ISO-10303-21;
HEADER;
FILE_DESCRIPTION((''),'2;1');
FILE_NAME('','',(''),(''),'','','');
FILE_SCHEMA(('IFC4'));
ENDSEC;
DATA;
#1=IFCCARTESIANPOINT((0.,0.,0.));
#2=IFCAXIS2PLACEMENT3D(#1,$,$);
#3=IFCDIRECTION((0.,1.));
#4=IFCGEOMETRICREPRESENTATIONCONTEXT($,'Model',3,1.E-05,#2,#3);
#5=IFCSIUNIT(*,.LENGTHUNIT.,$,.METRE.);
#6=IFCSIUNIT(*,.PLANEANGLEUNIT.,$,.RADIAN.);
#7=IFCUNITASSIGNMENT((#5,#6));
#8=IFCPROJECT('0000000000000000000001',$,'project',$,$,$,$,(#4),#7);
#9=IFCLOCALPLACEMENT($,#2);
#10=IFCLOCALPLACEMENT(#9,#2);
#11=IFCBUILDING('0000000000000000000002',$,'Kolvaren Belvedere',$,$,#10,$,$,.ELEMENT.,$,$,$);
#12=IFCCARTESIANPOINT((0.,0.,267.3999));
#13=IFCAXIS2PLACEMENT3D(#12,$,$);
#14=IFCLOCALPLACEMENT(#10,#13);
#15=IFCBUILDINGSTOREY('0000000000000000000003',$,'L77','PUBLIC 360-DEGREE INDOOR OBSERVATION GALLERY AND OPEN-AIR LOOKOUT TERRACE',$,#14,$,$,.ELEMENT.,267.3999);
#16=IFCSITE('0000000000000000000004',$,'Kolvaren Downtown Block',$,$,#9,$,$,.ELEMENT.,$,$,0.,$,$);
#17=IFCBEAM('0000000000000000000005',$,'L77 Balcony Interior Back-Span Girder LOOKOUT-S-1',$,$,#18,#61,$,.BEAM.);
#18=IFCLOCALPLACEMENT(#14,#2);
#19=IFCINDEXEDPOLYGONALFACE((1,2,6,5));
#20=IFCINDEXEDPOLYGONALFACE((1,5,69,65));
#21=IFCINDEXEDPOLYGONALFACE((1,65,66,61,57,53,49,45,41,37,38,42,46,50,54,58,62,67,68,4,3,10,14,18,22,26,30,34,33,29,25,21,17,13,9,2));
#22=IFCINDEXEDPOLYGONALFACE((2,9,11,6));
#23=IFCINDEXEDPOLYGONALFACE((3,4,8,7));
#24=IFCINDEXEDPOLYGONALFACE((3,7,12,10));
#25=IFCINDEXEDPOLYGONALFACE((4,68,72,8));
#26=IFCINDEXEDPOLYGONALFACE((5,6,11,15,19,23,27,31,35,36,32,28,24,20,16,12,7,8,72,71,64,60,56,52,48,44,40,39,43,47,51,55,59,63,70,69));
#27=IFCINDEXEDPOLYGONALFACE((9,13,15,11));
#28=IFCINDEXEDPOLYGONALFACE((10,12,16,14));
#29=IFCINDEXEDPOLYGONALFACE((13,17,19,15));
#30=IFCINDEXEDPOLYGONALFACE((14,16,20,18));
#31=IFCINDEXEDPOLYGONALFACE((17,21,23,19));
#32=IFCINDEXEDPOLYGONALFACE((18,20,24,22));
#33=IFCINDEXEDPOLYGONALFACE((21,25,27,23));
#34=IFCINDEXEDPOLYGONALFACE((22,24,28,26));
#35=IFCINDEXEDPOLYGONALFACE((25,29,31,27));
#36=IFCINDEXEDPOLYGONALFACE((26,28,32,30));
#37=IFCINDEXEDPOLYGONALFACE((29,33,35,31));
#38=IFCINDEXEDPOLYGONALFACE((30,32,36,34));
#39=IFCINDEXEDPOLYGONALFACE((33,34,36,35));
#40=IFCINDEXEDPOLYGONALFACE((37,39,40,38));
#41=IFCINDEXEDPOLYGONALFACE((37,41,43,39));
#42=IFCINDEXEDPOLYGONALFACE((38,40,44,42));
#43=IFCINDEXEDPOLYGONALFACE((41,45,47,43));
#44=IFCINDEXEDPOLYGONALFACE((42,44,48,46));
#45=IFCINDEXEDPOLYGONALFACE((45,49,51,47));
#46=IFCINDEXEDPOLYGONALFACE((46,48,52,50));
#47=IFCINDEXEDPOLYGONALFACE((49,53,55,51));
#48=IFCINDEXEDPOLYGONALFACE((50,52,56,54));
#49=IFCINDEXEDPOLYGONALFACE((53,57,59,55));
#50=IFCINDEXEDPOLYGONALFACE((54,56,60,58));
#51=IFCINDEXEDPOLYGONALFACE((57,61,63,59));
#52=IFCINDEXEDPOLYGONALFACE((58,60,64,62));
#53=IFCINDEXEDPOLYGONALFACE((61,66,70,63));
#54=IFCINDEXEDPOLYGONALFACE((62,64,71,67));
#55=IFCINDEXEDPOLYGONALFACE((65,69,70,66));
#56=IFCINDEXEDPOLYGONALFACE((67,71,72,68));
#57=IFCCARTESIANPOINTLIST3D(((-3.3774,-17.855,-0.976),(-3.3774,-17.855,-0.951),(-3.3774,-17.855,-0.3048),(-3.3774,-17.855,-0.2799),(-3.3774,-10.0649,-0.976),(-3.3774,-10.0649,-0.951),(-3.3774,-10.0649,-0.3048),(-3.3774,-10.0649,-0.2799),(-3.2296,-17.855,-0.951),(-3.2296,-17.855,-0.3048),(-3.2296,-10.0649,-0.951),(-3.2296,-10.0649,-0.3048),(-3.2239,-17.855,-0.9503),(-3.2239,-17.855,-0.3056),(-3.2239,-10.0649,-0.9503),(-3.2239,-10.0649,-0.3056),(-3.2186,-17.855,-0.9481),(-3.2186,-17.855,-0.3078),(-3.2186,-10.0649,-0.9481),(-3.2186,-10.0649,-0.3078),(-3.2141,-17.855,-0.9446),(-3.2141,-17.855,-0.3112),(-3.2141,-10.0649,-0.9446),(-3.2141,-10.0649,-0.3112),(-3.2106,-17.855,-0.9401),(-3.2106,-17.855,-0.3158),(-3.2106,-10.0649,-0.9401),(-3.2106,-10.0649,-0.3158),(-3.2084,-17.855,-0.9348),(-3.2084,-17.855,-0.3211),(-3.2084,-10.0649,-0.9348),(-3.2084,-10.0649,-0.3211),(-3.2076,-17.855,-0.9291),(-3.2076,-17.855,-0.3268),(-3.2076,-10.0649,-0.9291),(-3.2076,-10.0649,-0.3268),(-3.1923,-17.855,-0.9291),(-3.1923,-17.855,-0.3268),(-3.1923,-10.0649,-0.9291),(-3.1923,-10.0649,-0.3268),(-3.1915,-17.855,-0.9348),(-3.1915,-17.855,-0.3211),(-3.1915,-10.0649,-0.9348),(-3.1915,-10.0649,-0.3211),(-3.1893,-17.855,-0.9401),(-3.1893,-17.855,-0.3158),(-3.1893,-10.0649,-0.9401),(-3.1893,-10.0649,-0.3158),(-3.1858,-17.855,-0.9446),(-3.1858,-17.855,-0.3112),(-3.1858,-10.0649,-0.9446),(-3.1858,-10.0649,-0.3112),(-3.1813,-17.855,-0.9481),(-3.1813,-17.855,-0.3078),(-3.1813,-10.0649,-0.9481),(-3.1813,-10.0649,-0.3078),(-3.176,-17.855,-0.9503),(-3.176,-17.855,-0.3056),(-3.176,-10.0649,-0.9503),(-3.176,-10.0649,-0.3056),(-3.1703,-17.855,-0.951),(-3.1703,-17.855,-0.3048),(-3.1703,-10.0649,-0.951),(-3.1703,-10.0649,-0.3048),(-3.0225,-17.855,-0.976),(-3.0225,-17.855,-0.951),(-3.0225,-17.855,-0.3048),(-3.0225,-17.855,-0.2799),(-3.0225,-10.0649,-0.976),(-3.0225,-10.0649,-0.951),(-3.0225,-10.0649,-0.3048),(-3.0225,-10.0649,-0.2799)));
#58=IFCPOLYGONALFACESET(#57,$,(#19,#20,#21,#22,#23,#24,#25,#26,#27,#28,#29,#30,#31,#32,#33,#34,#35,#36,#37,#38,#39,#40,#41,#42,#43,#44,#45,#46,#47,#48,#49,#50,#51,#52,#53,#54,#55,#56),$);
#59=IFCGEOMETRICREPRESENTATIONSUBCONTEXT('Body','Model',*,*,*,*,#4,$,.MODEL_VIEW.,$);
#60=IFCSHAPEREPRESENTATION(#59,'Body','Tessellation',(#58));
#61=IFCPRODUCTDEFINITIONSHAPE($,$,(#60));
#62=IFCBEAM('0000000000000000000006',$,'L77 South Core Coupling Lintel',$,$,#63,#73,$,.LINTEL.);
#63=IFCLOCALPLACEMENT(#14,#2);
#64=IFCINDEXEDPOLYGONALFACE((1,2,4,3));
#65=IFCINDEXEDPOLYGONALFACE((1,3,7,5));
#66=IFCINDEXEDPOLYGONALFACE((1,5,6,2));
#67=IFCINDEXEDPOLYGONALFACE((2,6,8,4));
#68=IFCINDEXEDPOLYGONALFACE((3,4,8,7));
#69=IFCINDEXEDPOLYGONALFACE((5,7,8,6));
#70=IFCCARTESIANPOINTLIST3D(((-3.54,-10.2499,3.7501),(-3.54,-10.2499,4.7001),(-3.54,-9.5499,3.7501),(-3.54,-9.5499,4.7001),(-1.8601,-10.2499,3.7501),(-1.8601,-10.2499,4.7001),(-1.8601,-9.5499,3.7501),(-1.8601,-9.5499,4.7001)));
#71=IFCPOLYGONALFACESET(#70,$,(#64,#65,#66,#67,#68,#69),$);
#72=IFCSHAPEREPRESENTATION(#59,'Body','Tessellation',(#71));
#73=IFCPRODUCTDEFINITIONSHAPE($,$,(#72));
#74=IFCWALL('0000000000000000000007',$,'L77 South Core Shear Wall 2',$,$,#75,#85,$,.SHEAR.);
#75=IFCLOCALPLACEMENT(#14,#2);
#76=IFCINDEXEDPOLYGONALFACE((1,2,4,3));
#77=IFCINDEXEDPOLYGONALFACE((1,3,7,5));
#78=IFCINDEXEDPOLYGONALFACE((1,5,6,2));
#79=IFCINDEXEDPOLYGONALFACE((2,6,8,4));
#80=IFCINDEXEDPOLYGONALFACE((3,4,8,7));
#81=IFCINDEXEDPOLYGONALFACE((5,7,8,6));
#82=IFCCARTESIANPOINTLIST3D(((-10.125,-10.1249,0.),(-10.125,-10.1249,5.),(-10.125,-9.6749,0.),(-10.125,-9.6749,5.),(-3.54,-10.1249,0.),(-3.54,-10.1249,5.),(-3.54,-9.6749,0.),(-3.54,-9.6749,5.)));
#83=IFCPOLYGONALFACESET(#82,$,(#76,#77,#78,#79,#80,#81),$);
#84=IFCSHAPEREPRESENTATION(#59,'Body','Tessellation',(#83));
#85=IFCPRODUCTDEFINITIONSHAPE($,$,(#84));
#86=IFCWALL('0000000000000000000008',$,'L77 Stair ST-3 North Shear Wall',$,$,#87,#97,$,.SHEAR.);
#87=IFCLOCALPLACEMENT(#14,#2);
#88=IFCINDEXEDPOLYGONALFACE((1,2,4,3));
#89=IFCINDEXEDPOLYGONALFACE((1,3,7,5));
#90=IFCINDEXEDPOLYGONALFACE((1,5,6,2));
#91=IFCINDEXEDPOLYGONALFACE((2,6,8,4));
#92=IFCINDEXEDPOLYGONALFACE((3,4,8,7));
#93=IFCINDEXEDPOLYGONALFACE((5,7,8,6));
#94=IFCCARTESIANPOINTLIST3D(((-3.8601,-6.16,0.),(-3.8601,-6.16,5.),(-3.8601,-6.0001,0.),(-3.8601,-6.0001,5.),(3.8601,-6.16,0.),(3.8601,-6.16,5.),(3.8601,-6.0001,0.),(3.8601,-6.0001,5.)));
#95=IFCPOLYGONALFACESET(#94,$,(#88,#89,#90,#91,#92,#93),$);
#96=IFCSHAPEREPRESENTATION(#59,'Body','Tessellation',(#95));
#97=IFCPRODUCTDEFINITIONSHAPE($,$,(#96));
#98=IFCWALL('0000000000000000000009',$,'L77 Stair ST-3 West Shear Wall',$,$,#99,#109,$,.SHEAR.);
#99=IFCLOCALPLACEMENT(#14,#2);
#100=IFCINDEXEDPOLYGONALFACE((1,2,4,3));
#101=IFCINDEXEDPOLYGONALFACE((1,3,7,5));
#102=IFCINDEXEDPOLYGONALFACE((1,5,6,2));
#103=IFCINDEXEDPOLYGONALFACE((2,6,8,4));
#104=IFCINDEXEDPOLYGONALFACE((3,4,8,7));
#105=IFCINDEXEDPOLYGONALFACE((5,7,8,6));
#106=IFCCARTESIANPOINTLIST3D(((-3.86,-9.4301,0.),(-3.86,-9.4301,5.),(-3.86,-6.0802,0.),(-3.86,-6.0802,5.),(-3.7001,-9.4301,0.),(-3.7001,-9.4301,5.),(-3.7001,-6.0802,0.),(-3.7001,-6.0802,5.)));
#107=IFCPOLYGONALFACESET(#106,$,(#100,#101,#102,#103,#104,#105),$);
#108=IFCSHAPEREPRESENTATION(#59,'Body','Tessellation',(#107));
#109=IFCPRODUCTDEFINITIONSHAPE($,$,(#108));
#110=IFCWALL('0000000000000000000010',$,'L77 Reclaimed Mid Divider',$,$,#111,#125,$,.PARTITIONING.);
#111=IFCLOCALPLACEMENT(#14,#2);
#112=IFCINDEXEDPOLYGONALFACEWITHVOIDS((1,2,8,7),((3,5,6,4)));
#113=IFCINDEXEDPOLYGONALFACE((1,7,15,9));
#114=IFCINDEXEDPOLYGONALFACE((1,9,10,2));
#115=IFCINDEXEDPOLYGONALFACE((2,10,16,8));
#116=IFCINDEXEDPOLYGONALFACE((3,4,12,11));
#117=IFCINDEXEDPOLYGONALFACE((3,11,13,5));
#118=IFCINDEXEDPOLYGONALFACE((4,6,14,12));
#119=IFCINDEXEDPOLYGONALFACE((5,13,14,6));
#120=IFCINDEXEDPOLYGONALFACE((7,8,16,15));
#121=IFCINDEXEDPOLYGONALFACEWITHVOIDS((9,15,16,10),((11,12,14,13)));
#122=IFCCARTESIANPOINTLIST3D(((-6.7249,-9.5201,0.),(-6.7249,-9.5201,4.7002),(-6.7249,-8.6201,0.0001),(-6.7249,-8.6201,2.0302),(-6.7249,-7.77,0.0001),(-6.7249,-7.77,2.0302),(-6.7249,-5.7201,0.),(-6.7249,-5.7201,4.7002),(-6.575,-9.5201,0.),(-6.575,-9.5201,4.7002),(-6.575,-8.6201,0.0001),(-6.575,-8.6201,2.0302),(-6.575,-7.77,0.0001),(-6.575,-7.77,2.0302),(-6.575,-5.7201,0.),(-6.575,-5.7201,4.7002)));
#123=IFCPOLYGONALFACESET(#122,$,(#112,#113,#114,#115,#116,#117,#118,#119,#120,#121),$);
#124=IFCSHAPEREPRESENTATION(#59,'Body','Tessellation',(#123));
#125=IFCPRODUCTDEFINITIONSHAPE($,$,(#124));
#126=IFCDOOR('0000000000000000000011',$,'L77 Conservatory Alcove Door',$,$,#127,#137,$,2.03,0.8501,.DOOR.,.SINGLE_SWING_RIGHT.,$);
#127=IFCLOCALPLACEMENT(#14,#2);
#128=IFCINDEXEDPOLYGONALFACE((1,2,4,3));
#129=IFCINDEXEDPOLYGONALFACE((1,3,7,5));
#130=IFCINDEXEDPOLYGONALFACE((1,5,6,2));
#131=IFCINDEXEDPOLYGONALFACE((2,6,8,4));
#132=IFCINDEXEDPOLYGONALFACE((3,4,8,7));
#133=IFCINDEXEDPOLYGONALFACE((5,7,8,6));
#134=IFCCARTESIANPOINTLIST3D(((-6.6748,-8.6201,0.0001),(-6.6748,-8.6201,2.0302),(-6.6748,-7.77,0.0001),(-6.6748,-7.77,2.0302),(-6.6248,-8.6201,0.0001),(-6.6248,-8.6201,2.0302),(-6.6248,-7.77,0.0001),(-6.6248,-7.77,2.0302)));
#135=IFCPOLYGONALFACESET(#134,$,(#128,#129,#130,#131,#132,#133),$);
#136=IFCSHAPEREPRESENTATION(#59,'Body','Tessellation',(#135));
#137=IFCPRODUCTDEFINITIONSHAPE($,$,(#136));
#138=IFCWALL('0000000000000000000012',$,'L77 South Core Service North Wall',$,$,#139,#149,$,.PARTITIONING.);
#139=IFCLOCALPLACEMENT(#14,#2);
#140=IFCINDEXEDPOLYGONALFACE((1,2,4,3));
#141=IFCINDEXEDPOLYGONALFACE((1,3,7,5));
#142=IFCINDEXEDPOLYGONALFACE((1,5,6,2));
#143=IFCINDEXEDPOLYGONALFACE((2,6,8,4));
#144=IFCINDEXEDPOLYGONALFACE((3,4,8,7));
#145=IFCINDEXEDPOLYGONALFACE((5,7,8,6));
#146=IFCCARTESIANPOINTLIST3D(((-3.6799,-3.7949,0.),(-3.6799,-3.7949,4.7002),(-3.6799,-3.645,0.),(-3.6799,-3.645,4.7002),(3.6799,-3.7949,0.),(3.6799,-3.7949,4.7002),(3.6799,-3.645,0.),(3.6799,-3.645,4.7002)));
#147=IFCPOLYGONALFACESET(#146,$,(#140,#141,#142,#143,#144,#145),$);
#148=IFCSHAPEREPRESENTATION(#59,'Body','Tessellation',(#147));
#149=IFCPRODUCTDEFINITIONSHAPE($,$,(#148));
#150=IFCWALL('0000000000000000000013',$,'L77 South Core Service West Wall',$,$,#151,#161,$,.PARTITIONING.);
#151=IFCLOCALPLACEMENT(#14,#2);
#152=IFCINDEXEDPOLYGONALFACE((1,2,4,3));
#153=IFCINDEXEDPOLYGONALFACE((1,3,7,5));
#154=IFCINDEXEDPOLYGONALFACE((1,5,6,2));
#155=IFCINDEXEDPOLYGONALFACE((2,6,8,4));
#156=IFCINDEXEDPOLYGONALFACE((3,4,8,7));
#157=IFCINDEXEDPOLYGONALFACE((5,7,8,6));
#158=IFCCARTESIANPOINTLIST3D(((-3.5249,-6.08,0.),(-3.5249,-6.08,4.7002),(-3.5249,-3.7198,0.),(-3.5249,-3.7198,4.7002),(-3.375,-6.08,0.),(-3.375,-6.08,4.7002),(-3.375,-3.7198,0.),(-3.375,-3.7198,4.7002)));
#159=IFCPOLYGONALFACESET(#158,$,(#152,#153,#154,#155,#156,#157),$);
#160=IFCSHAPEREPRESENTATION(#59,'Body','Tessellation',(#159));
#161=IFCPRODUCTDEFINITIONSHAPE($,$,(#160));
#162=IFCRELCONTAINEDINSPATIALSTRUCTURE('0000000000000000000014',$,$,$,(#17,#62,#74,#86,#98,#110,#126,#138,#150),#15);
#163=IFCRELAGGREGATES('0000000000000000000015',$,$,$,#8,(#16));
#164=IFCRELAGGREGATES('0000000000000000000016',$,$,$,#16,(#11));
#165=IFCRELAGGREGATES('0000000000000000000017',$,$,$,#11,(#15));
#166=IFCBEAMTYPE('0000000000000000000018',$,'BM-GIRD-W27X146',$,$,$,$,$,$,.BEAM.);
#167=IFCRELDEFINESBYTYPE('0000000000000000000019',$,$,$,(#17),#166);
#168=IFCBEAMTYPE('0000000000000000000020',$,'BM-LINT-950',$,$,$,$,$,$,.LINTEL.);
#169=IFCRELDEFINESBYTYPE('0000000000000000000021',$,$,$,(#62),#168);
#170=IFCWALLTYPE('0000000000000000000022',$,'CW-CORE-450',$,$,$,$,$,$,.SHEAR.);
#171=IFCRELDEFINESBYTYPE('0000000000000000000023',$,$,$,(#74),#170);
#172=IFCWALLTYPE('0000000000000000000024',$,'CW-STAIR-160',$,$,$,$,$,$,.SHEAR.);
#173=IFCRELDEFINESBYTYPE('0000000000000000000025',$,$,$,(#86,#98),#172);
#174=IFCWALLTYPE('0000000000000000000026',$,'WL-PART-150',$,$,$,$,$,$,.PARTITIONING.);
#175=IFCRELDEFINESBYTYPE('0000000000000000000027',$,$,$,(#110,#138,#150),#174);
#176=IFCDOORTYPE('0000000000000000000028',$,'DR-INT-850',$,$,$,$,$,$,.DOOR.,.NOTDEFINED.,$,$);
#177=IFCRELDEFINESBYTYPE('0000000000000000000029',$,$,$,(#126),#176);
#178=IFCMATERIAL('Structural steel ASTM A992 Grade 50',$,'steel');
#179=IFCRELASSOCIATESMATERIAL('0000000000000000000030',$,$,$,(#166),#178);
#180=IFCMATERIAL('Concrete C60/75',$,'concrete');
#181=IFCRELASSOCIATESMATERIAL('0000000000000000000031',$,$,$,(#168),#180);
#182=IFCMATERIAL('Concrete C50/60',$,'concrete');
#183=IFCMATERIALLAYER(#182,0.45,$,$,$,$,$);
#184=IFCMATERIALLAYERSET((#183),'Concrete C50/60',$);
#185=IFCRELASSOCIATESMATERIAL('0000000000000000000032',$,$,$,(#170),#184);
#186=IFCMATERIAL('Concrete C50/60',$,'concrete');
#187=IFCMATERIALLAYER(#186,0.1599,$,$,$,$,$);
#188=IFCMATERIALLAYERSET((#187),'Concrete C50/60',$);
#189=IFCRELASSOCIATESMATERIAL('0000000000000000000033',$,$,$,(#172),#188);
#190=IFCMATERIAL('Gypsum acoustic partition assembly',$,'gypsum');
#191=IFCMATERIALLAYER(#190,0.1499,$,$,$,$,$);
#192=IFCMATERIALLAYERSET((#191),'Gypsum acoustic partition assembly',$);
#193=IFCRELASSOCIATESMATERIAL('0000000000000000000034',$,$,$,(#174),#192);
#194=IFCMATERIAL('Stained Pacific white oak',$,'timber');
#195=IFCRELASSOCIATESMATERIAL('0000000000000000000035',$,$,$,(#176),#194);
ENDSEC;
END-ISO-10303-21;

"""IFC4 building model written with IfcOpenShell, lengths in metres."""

from ifc_helpers import new_model, si_unit, direction, frame, frame_2d, origin, origin_2d, place, context, subcontext, project, spatial, rectangle, i_section, extrude, material, layer, layer_set, material_profile, profile_set, type_object, element, fill, save


model = new_model("IFC4")

# Units and contexts
model_context = context("Model", 3, precision=1e-05, world=origin(), true_north=direction((0.0, 1.0)))
body_context = subcontext(model_context, "Body", "Model", "MODEL_VIEW")
ifc_project = project(units=[si_unit("LENGTHUNIT", "METRE"), si_unit("PLANEANGLEUNIT", "RADIAN")], contexts=[model_context])

# Site, building, storey
site_placement = place(None, origin())
site = spatial("IfcSite", under=ifc_project, at=site_placement, Name="Kolvaren Downtown Block", CompositionType="ELEMENT", RefElevation=0.0)
building_placement = place(site_placement, origin())
building = spatial("IfcBuilding", under=site, at=building_placement, Name="Kolvaren Belvedere", CompositionType="ELEMENT")
storey_placement = place(building_placement, frame((0.0, 0.0, 267.3999)))
storey = spatial("IfcBuildingStorey", under=building, at=storey_placement, Name="L77", Description="PUBLIC 360-DEGREE INDOOR OBSERVATION GALLERY AND OPEN-AIR LOOKOUT TERRACE", CompositionType="ELEMENT", Elevation=267.3999)

# Beams
ifc_material_1 = material(Name="Structural steel ASTM A992 Grade 50", Category="steel")
ifc_material_profile_1 = material_profile(ifc_material_1, i_section(OverallWidth=0.355, OverallDepth=0.696, WebThickness=0.0154, FlangeThickness=0.0249, FilletRadius=0.022, at=origin_2d()), Name="W27X146")
ifc_profile_set_1 = profile_set([ifc_material_profile_1], Name="Structural steel ASTM A992 Grade 50")
beam_type_1 = type_object("IfcBeamType", Name="BM-GIRD-W27X146", PredefinedType="BEAM", material=ifc_profile_set_1)
beam_1_placement = place(storey_placement, frame((-3.2, -10.0649, -0.6279), z_axis=(0.0, -1.0, 0.0), x_axis=(1.0, 0.0, 0.0)))
element("IfcBeam", 1, at=beam_1_placement, inside=storey, type_object=beam_type_1, Name="L77 Balcony Interior Back-Span Girder LOOKOUT-S-1", PredefinedType="BEAM", context=body_context, shape_type="SweptSolid", body=[
    extrude(i_section(OverallWidth=0.355, OverallDepth=0.696, WebThickness=0.0154, FlangeThickness=0.0249, FilletRadius=0.022, at=origin_2d()), origin(), (0.0, 0.0, 1.0), 7.79),
])
ifc_material_2 = material(Name="Concrete C60/75", Category="concrete")
ifc_material_profile_2 = material_profile(ifc_material_2, rectangle(XDim=0.7, YDim=0.95, at=origin_2d()), Name="RC 700X950")
ifc_profile_set_2 = profile_set([ifc_material_profile_2], Name="Concrete C60/75")
beam_type_2 = type_object("IfcBeamType", Name="BM-LINT-950", PredefinedType="LINTEL", material=ifc_profile_set_2)
beam_2_placement = place(storey_placement, frame((-3.54, -9.8999, 4.2251), z_axis=(1.0, 0.0, 0.0), x_axis=(0.0, 1.0, 0.0)))
element("IfcBeam", 2, at=beam_2_placement, inside=storey, type_object=beam_type_2, Name="L77 South Core Coupling Lintel", PredefinedType="LINTEL", context=body_context, shape_type="SweptSolid", body=[
    extrude(rectangle(XDim=0.7, YDim=0.95, at=origin_2d()), origin(), (0.0, 0.0, 1.0), 1.6799),
])

# Walls
ifc_material_3 = material(Name="Concrete C50/60", Category="concrete")
ifc_layer_1 = layer(ifc_material_3, 0.45)
ifc_layer_set_1 = layer_set([ifc_layer_1], Name="Concrete C50/60")
wall_type_1 = type_object("IfcWallType", Name="CW-CORE-450", PredefinedType="SHEAR", material=ifc_layer_set_1)
wall_1_placement = place(storey_placement, frame((-3.54, -9.8999, 0.0), z_axis=(0.0, 0.0, 1.0), x_axis=(-1.0, 0.0, 0.0)))
element("IfcWall", 3, at=wall_1_placement, inside=storey, type_object=wall_type_1, Name="L77 South Core Shear Wall 2", PredefinedType="SHEAR", context=body_context, shape_type="SweptSolid", body=[
    extrude(rectangle(XDim=6.585, YDim=0.45, at=frame_2d((3.2925, 0.0))), origin(), (0.0, 0.0, 1.0), 5.0),
])
ifc_material_4 = material(Name="Concrete C50/60", Category="concrete")
ifc_layer_2 = layer(ifc_material_4, 0.1599)
ifc_layer_set_2 = layer_set([ifc_layer_2], Name="Concrete C50/60")
wall_type_2 = type_object("IfcWallType", Name="CW-STAIR-160", PredefinedType="SHEAR", material=ifc_layer_set_2)
wall_2_placement = place(storey_placement, frame((-3.8601, -6.0801, 0.0), z_axis=(0.0, 0.0, 1.0), x_axis=(1.0, 0.0, 0.0)))
element("IfcWall", 4, at=wall_2_placement, inside=storey, type_object=wall_type_2, Name="L77 Stair ST-3 North Shear Wall", PredefinedType="SHEAR", context=body_context, shape_type="SweptSolid", body=[
    extrude(rectangle(XDim=7.7202, YDim=0.1599, at=frame_2d((3.8601, 0.0))), origin(), (0.0, 0.0, 1.0), 5.0),
])
wall_3_placement = place(storey_placement, frame((-3.78, -9.4299, 0.0), z_axis=(0.0, 0.0, 1.0), x_axis=(0.0, 1.0, 0.0)))
element("IfcWall", 5, at=wall_3_placement, inside=storey, type_object=wall_type_2, Name="L77 Stair ST-3 West Shear Wall", PredefinedType="SHEAR", context=body_context, shape_type="SweptSolid", body=[
    extrude(rectangle(XDim=3.3499, YDim=0.1599, at=frame_2d((1.6748, 0.0))), origin(), (0.0, 0.0, 1.0), 5.0),
])

# Wall, opening, door
ifc_material_5 = material(Name="Gypsum acoustic partition assembly", Category="gypsum")
ifc_layer_3 = layer(ifc_material_5, 0.1499)
ifc_layer_set_3 = layer_set([ifc_layer_3], Name="Gypsum acoustic partition assembly")
wall_type_3 = type_object("IfcWallType", Name="WL-PART-150", PredefinedType="PARTITIONING", material=ifc_layer_set_3)
wall_4_placement = place(storey_placement, frame((-6.6499, -9.52, 0.0), z_axis=(0.0, 0.0, 1.0), x_axis=(0.0, 1.0, 0.0)))
wall_4 = element("IfcWall", 6, at=wall_4_placement, inside=storey, type_object=wall_type_3, Name="L77 Reclaimed Mid Divider", PredefinedType="PARTITIONING", context=body_context, shape_type="SweptSolid", body=[
    extrude(rectangle(XDim=3.8, YDim=0.1499, at=frame_2d((1.8999, 0.0))), origin(), (0.0, 0.0, 1.0), 4.7002),
])
opening_1_placement = place(wall_4_placement, frame((0.8999, 0.0, 0.0)))
opening_1 = element("IfcOpeningElement", 7, at=opening_1_placement, cuts=wall_4, PredefinedType="OPENING", context=body_context, shape_type="SweptSolid", body=[
    extrude(rectangle(XDim=0.8501, YDim=2.03, at=frame_2d((0.425, 1.0151))), frame((0.0, 0.085, 0.0), z_axis=(0.0, -1.0, 0.0), x_axis=(1.0, 0.0, 0.0)), (0.0, 0.0, 1.0), 0.1699),
])
ifc_material_6 = material(Name="Stained Pacific white oak", Category="timber")
door_type_1 = type_object("IfcDoorType", Name="DR-INT-850", OperationType="NOTDEFINED", PredefinedType="DOOR", material=ifc_material_6)
door_1_placement = place(opening_1_placement, origin())
door_1 = element("IfcDoor", 8, at=door_1_placement, inside=storey, type_object=door_type_1, Name="L77 Conservatory Alcove Door", OperationType="SINGLE_SWING_RIGHT", OverallHeight=2.03, OverallWidth=0.8501, PredefinedType="DOOR", context=body_context, shape_type="SweptSolid", body=[
    extrude(rectangle(XDim=0.8501, YDim=2.03, at=frame_2d((0.425, 1.0151))), frame((0.0, 0.0249, 0.0), z_axis=(0.0, -1.0, 0.0), x_axis=(1.0, 0.0, 0.0)), (0.0, 0.0, 1.0), 0.05),
])
fill(opening_1, door_1)

# Walls
wall_5_placement = place(storey_placement, frame((-3.6799, -3.72, 0.0), z_axis=(0.0, 0.0, 1.0), x_axis=(1.0, 0.0, 0.0)))
element("IfcWall", 9, at=wall_5_placement, inside=storey, type_object=wall_type_3, Name="L77 South Core Service North Wall", PredefinedType="PARTITIONING", context=body_context, shape_type="SweptSolid", body=[
    extrude(rectangle(XDim=7.3599, YDim=0.1499, at=frame_2d((3.6799, 0.0))), origin(), (0.0, 0.0, 1.0), 4.7002),
])
wall_6_placement = place(storey_placement, frame((-3.45, -6.0801, 0.0), z_axis=(0.0, 0.0, 1.0), x_axis=(0.0, 1.0, 0.0)))
element("IfcWall", 10, at=wall_6_placement, inside=storey, type_object=wall_type_3, Name="L77 South Core Service West Wall", PredefinedType="PARTITIONING", context=body_context, shape_type="SweptSolid", body=[
    extrude(rectangle(XDim=2.3601, YDim=0.1499, at=frame_2d((1.1802, 0.0))), origin(), (0.0, 0.0, 1.0), 4.7002),
])

save(model, "model.ifc")
